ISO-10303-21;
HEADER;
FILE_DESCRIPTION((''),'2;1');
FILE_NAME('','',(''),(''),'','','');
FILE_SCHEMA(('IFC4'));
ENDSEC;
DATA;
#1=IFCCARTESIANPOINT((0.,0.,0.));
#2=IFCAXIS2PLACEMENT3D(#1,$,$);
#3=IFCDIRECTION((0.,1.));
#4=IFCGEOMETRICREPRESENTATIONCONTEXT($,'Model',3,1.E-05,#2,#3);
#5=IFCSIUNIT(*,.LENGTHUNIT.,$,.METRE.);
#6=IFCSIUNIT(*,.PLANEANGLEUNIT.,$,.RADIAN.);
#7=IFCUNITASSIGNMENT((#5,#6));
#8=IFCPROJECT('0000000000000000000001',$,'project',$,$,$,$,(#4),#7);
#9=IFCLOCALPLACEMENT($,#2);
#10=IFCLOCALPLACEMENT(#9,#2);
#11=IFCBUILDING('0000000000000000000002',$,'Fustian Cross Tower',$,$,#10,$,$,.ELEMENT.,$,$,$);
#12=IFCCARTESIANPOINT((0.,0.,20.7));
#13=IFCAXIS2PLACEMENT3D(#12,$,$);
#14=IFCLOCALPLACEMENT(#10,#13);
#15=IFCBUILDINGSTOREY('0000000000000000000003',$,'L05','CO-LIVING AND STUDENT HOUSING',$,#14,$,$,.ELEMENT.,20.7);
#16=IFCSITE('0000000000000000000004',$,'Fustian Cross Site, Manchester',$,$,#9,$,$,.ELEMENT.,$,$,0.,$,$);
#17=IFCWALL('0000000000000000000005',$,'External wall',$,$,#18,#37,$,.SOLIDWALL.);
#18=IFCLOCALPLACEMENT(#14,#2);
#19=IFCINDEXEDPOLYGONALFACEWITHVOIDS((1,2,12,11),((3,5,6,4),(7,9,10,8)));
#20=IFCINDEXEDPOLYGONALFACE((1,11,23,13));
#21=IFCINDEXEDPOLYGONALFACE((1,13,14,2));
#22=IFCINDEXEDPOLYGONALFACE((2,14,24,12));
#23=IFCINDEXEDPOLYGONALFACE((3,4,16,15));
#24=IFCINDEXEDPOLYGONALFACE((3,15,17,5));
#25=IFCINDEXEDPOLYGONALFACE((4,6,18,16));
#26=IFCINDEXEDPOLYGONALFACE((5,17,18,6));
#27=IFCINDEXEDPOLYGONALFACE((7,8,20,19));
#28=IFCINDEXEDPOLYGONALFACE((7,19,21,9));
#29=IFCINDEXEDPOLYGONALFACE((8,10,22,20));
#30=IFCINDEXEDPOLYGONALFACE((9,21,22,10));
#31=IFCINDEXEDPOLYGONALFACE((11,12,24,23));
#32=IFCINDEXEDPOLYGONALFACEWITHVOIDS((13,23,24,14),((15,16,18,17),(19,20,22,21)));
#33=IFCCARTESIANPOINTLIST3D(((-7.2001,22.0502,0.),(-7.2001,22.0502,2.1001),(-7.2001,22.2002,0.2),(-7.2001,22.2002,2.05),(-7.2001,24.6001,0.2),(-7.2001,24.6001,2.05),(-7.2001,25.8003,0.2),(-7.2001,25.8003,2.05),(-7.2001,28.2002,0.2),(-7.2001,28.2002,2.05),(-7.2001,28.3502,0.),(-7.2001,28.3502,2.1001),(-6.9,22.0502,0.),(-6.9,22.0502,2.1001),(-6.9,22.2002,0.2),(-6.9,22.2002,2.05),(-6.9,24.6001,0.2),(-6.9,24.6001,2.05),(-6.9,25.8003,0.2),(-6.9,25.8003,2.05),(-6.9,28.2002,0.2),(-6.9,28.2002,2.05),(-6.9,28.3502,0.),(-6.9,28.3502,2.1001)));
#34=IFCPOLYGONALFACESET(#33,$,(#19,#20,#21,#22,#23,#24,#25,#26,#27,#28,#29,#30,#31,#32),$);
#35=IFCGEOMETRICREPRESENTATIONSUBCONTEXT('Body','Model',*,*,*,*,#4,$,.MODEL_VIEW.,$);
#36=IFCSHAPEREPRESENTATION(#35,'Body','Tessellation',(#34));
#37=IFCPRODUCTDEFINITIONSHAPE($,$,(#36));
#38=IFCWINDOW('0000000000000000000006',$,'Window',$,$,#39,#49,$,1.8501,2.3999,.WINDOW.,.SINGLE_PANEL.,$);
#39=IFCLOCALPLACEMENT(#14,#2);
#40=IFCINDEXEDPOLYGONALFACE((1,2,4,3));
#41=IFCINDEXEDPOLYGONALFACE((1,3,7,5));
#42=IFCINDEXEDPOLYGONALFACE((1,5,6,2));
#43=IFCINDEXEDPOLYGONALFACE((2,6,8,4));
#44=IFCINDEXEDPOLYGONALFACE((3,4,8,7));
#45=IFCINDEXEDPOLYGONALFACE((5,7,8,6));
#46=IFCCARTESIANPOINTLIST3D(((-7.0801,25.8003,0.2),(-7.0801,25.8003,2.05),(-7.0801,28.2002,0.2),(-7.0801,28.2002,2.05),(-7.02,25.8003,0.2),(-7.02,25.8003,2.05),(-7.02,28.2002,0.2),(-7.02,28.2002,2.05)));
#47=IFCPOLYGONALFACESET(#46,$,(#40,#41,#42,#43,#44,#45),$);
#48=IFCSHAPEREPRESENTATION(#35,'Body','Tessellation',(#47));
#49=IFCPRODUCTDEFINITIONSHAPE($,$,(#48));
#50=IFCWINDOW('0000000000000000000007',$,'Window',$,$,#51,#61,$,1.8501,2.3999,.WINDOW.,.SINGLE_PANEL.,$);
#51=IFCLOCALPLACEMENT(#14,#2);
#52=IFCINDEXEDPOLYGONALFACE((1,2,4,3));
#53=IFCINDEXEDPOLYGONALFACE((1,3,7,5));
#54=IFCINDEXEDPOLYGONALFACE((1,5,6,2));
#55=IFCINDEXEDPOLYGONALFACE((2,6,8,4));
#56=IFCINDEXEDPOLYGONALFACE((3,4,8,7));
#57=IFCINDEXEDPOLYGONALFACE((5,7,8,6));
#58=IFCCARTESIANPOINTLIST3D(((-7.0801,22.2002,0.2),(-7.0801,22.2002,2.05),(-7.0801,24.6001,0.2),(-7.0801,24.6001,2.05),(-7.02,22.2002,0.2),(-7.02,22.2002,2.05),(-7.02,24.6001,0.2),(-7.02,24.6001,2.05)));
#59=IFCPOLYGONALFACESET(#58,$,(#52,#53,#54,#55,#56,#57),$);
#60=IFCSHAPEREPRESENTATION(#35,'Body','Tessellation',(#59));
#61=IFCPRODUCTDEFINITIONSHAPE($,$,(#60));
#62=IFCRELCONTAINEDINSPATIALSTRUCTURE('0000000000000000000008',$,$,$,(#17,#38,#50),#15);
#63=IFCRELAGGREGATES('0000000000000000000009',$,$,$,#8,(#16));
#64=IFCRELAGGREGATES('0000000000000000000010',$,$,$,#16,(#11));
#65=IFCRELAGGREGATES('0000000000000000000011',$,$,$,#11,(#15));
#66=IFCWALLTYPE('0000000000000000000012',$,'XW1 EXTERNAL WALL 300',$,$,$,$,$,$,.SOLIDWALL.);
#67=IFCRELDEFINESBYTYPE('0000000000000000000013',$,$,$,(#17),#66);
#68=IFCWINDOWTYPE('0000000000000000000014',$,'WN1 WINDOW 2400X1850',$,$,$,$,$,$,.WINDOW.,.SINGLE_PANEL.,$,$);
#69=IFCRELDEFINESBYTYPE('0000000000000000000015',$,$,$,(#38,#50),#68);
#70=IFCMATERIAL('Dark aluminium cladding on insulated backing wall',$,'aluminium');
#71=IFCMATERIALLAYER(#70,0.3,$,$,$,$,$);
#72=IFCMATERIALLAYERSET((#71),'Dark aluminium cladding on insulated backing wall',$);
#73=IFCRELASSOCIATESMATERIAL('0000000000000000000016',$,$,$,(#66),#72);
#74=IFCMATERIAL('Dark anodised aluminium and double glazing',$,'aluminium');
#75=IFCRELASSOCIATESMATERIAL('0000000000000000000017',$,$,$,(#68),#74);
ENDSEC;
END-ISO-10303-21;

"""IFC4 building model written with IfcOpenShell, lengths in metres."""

from ifc_helpers import new_model, si_unit, direction, frame, frame_2d, origin, place, context, subcontext, project, spatial, rectangle, extrude, material, layer, layer_set, type_object, element, fill, save


model = new_model("IFC4")

# Units and contexts
model_context = context("Model", 3, precision=1e-05, world=origin(), true_north=direction((0.0, 1.0)))
body_context = subcontext(model_context, "Body", "Model", "MODEL_VIEW")
ifc_project = project(units=[si_unit("LENGTHUNIT", "METRE"), si_unit("PLANEANGLEUNIT", "RADIAN")], contexts=[model_context])

# Site, building, storey
site_placement = place(None, origin())
site = spatial("IfcSite", under=ifc_project, at=site_placement, Name="Fustian Cross Site, Manchester", CompositionType="ELEMENT", RefElevation=0.0)
building_placement = place(site_placement, origin())
building = spatial("IfcBuilding", under=site, at=building_placement, Name="Fustian Cross Tower", CompositionType="ELEMENT")
storey_placement = place(building_placement, frame((0.0, 0.0, 20.7)))
storey = spatial("IfcBuildingStorey", under=building, at=storey_placement, Name="L05", Description="CO-LIVING AND STUDENT HOUSING", CompositionType="ELEMENT", Elevation=20.7)

# Shared definitions
ifc_material_1 = material(Name="Dark aluminium cladding on insulated backing wall", Category="aluminium")
ifc_layer_1 = layer(ifc_material_1, 0.3)
ifc_layer_set_1 = layer_set([ifc_layer_1], Name="Dark aluminium cladding on insulated backing wall")
wall_type_1 = type_object("IfcWallType", Name="XW1 EXTERNAL WALL 300", PredefinedType="SOLIDWALL", material=ifc_layer_set_1)
ifc_material_2 = material(Name="Dark anodised aluminium and double glazing", Category="aluminium")
window_type = type_object("IfcWindowType", Name="WN1 WINDOW 2400X1850", PartitioningType="SINGLE_PANEL", PredefinedType="WINDOW", material=ifc_material_2)

# Wall, openings, windows
wall_1_placement = place(storey_placement, frame((-7.05, 28.3501, 0.0), z_axis=(0.0, 0.0, 1.0), x_axis=(0.0, -1.0, 0.0)))
wall_1 = element("IfcWall", 1, at=wall_1_placement, inside=storey, type_object=wall_type_1, Name="External wall", PredefinedType="SOLIDWALL", context=body_context, shape_type="SweptSolid", body=[
    extrude(rectangle(XDim=6.3, YDim=0.3, at=frame_2d((3.1499, 0.0))), origin(), (0.0, 0.0, 1.0), 2.1001),
])
opening_1_placement = place(wall_1_placement, frame((0.1499, 0.0, 0.2)))
opening_1 = element("IfcOpeningElement", 2, at=opening_1_placement, cuts=wall_1, PredefinedType="OPENING", context=body_context, shape_type="SweptSolid", body=[
    extrude(rectangle(XDim=2.3999, YDim=1.8501, at=frame_2d((1.2, 0.925))), frame((0.0, 0.1599, 0.0), z_axis=(0.0, -1.0, 0.0), x_axis=(1.0, 0.0, 0.0)), (0.0, 0.0, 1.0), 0.3201),
])
opening_2_placement = place(wall_1_placement, frame((3.75, 0.0, 0.2)))
opening_2 = element("IfcOpeningElement", 3, at=opening_2_placement, cuts=wall_1, PredefinedType="OPENING", context=body_context, shape_type="SweptSolid", body=[
    extrude(rectangle(XDim=2.3999, YDim=1.8501, at=frame_2d((1.2, 0.925))), frame((0.0, 0.1599, 0.0), z_axis=(0.0, -1.0, 0.0), x_axis=(1.0, 0.0, 0.0)), (0.0, 0.0, 1.0), 0.3201),
])
window_1_placement = place(opening_1_placement, origin())
window_1 = element("IfcWindow", 4, at=window_1_placement, inside=storey, type_object=window_type, Name="Window", OverallHeight=1.8501, OverallWidth=2.3999, PartitioningType="SINGLE_PANEL", PredefinedType="WINDOW", context=body_context, shape_type="SweptSolid", body=[
    extrude(rectangle(XDim=2.3999, YDim=1.8501, at=frame_2d((1.2, 0.925))), frame((0.0, 0.03, 0.0), z_axis=(0.0, -1.0, 0.0), x_axis=(1.0, 0.0, 0.0)), (0.0, 0.0, 1.0), 0.0601),
])
fill(opening_1, window_1)
window_2_placement = place(opening_2_placement, origin())
window_2 = element("IfcWindow", 5, at=window_2_placement, inside=storey, type_object=window_type, Name="Window", OverallHeight=1.8501, OverallWidth=2.3999, PartitioningType="SINGLE_PANEL", PredefinedType="WINDOW", context=body_context, shape_type="SweptSolid", body=[
    extrude(rectangle(XDim=2.3999, YDim=1.8501, at=frame_2d((1.2, 0.925))), frame((0.0, 0.03, 0.0), z_axis=(0.0, -1.0, 0.0), x_axis=(1.0, 0.0, 0.0)), (0.0, 0.0, 1.0), 0.0601),
])
fill(opening_2, window_2)

save(model, "model.ifc")
